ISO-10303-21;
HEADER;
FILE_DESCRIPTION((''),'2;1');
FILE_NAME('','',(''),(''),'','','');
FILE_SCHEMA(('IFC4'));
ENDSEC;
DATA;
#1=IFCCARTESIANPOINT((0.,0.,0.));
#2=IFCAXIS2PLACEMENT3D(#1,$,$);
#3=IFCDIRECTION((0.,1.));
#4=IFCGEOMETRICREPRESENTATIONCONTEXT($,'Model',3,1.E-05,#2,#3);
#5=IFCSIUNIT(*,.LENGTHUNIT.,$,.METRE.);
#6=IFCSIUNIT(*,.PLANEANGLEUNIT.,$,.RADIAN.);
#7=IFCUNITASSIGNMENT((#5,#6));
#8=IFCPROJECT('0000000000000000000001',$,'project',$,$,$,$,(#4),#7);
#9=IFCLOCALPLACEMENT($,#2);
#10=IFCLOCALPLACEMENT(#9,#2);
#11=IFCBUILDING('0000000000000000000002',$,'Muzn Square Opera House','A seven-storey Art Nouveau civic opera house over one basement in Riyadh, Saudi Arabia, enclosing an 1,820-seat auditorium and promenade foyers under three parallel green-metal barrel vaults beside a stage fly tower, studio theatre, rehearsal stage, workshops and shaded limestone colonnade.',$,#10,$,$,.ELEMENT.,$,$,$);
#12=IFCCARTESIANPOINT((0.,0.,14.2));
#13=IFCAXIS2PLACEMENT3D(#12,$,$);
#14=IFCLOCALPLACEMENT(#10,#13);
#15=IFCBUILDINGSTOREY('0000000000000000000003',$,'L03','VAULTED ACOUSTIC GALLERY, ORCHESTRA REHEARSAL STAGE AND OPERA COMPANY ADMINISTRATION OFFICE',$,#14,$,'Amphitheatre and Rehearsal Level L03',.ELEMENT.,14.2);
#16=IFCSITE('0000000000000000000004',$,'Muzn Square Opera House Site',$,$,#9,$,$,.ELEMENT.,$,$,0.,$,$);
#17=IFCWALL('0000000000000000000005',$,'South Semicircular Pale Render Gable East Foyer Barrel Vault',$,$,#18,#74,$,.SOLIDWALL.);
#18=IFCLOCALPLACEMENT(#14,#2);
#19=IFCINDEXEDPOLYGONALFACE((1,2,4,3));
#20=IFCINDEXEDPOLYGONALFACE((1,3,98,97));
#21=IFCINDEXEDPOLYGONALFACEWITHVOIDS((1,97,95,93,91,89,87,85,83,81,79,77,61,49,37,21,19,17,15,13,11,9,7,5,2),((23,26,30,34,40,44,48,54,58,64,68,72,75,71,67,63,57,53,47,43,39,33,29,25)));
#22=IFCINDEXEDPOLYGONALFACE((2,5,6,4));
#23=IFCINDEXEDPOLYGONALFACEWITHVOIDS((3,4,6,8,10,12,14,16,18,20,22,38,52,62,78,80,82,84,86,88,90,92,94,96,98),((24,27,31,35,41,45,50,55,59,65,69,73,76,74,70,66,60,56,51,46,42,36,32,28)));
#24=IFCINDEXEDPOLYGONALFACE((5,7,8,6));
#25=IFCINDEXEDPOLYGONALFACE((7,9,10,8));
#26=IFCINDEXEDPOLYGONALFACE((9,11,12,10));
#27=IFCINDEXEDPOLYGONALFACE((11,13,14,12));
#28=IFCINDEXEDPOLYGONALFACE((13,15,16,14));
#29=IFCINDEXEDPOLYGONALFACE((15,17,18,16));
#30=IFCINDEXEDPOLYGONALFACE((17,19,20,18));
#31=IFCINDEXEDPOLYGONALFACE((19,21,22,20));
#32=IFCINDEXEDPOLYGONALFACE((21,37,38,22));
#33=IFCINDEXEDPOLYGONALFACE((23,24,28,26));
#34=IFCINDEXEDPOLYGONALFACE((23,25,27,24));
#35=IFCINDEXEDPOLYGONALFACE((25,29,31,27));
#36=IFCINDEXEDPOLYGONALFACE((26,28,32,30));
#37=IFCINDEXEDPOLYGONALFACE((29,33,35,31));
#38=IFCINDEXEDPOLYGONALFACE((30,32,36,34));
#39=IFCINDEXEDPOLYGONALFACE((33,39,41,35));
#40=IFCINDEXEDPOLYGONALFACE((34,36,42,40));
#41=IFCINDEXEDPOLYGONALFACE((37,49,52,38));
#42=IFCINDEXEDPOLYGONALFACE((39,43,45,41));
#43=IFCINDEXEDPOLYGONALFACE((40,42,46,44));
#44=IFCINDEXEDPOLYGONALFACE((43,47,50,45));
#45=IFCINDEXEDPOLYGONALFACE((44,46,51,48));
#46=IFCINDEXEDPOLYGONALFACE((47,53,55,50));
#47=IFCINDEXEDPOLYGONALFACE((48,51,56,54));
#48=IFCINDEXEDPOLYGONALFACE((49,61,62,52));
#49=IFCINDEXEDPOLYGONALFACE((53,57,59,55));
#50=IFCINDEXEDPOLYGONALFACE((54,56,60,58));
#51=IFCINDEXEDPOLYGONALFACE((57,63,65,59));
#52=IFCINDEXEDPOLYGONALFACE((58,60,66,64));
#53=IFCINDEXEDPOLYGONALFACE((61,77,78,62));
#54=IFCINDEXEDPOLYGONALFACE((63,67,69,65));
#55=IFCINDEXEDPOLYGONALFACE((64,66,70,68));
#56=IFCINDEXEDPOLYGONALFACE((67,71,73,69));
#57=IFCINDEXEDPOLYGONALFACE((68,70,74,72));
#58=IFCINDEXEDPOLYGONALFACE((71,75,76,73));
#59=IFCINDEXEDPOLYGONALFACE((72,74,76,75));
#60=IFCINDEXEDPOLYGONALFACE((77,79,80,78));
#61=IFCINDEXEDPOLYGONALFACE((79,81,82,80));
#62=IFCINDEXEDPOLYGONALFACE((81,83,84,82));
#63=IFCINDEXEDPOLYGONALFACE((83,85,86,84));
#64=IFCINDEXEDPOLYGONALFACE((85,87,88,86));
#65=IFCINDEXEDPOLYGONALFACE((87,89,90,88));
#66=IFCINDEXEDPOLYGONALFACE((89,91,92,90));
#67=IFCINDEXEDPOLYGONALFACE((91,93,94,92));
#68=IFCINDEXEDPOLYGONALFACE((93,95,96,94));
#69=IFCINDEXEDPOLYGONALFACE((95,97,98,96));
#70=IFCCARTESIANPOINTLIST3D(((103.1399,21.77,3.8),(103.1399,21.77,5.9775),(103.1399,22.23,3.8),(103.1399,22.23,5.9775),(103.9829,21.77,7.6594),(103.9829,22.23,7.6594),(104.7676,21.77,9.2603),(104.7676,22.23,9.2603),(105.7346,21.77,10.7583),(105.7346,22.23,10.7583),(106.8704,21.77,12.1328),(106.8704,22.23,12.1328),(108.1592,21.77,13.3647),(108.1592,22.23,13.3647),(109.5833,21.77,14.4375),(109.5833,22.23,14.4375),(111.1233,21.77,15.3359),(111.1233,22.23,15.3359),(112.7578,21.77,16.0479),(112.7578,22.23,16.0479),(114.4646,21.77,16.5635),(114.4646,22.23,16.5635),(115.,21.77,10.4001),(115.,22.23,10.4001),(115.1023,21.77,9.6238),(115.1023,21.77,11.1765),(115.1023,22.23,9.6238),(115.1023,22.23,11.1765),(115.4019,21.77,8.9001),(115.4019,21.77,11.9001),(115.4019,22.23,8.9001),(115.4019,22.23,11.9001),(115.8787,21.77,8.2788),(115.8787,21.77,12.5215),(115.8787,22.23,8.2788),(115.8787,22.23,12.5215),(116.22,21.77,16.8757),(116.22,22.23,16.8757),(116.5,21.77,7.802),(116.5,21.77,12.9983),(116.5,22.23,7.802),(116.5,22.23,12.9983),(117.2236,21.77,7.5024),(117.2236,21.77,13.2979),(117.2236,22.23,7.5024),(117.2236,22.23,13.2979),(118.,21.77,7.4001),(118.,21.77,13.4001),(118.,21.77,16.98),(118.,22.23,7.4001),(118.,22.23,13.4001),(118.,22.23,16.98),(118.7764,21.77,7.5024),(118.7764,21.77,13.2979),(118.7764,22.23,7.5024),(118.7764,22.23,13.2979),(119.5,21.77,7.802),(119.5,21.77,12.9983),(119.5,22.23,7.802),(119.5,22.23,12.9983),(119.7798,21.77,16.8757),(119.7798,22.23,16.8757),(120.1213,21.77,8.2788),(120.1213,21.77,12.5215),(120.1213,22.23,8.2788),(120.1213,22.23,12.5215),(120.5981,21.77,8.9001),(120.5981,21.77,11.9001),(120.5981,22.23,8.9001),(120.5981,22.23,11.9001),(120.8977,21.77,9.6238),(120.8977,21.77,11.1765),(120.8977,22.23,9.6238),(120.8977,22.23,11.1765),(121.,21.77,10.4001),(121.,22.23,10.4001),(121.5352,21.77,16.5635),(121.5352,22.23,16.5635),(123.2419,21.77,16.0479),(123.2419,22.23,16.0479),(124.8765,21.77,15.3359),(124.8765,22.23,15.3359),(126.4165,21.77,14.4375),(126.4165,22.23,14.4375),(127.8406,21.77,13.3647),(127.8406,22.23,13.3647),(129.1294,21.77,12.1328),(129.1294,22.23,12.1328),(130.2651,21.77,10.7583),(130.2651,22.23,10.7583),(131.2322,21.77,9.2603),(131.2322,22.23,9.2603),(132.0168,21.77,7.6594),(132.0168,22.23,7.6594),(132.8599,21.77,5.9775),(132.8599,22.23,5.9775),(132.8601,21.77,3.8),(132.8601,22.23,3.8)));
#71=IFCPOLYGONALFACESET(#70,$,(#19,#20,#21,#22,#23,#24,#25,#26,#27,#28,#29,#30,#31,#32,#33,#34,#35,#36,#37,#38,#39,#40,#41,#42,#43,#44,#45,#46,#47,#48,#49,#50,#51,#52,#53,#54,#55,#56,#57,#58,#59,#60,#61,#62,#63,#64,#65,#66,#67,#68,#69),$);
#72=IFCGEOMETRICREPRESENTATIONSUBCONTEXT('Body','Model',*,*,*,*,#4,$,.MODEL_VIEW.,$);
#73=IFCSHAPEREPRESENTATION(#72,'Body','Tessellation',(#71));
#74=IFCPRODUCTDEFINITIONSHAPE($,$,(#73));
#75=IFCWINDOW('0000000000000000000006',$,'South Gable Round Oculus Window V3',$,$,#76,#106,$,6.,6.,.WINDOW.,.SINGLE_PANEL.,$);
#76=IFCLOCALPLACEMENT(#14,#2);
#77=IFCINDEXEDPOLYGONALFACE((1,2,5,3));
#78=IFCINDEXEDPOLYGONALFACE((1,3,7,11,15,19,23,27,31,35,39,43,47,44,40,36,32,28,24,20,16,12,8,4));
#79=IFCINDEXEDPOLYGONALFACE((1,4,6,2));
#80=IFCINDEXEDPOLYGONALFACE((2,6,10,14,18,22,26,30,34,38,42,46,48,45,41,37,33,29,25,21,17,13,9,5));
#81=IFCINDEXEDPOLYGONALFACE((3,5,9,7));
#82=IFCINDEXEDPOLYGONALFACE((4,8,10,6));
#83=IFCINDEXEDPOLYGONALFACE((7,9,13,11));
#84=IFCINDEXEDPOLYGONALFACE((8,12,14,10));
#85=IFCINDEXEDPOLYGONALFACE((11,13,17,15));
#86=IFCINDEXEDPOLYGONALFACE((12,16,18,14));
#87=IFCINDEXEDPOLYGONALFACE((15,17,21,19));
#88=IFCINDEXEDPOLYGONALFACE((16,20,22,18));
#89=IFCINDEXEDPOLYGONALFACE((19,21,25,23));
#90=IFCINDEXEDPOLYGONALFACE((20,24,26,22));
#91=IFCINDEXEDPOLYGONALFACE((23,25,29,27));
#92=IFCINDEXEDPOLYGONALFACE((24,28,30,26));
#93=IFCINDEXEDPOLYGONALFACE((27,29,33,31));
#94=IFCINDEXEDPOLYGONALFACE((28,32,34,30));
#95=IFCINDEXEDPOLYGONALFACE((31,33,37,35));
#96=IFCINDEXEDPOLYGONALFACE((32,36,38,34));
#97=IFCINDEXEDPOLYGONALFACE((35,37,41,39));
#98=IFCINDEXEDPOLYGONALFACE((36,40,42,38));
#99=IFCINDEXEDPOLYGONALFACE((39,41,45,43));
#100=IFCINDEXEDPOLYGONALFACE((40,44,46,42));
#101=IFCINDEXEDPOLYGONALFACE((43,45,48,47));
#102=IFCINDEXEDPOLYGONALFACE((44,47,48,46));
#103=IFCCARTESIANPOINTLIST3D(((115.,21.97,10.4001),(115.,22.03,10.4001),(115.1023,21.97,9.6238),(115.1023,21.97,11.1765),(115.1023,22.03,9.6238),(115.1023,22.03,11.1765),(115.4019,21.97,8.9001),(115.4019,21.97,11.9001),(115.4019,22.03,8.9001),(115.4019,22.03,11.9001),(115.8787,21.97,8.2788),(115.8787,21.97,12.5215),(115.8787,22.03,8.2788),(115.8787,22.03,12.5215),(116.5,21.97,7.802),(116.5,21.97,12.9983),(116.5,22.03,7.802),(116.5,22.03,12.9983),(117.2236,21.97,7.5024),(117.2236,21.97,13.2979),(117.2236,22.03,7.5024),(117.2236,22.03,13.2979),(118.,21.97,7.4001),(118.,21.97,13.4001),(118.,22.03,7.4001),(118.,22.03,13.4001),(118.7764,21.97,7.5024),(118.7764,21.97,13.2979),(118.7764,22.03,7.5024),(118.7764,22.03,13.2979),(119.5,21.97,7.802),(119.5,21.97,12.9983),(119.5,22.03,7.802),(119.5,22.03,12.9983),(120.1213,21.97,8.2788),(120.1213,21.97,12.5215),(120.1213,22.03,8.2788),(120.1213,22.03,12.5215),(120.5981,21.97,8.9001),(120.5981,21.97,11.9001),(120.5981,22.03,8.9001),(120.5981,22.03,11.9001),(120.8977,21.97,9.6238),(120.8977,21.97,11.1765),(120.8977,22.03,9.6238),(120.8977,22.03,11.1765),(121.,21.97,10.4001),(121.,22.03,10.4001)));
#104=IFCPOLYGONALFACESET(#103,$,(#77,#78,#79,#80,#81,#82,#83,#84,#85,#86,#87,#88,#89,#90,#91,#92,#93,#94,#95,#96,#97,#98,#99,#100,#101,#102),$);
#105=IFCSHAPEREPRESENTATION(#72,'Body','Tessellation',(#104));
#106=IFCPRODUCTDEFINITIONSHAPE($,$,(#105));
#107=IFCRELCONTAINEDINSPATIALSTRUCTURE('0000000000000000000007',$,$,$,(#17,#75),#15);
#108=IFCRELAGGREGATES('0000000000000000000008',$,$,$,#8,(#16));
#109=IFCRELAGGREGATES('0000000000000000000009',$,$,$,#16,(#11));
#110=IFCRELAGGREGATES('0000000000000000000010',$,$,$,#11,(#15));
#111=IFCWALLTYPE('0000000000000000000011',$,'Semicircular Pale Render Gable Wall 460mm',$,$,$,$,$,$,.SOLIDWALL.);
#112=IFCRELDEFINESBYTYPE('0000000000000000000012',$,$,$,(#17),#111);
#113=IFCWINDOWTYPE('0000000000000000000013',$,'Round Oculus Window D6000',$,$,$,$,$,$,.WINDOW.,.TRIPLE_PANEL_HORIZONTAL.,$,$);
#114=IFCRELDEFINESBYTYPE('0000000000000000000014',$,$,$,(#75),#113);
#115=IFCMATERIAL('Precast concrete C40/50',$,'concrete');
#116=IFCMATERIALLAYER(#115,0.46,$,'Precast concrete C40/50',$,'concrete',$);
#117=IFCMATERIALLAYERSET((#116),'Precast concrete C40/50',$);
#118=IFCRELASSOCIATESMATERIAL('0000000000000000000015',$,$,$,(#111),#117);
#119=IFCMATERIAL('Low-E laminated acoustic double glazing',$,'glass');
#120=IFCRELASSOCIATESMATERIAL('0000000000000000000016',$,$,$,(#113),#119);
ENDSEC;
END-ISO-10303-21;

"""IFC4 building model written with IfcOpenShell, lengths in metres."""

from ifc_helpers import new_model, si_unit, direction, frame, origin, place, context, subcontext, project, spatial, polyline, outline, extrude, material, layer, layer_set, type_object, element, fill, save


model = new_model("IFC4")

# Units and contexts
model_context = context("Model", 3, precision=1e-05, world=origin(), true_north=direction((0.0, 1.0)))
body_context = subcontext(model_context, "Body", "Model", "MODEL_VIEW")
ifc_project = project(units=[si_unit("LENGTHUNIT", "METRE"), si_unit("PLANEANGLEUNIT", "RADIAN")], contexts=[model_context])

# Site, building, storey
site_placement = place(None, origin())
site = spatial("IfcSite", under=ifc_project, at=site_placement, Name="Muzn Square Opera House Site", CompositionType="ELEMENT", RefElevation=0.0)
building_placement = place(site_placement, origin())
building = spatial("IfcBuilding", under=site, at=building_placement, Name="Muzn Square Opera House", Description="A seven-storey Art Nouveau civic opera house over one basement in Riyadh, Saudi Arabia, enclosing an 1,820-seat auditorium and promenade foyers under three parallel green-metal barrel vaults beside a stage fly tower, studio theatre, rehearsal stage, workshops and shaded limestone colonnade.", CompositionType="ELEMENT")
storey_placement = place(building_placement, frame((0.0, 0.0, 14.2)))
storey = spatial("IfcBuildingStorey", under=building, at=storey_placement, Name="L03", Description="VAULTED ACOUSTIC GALLERY, ORCHESTRA REHEARSAL STAGE AND OPERA COMPANY ADMINISTRATION OFFICE", LongName="Amphitheatre and Rehearsal Level L03", CompositionType="ELEMENT", Elevation=14.2)

# Shared definitions
ifc_material_1 = material(Name="Low-E laminated acoustic double glazing", Category="glass")

# Wall, opening, window
ifc_material_2 = material(Name="Precast concrete C40/50", Category="concrete")
ifc_layer_1 = layer(ifc_material_2, 0.46, Name="Precast concrete C40/50", Category="concrete")
ifc_layer_set_1 = layer_set([ifc_layer_1], Name="Precast concrete C40/50")
wall_type = type_object("IfcWallType", Name="Semicircular Pale Render Gable Wall 460mm", PredefinedType="SOLIDWALL", material=ifc_layer_set_1)
wall_placement = place(storey_placement, frame((103.1399, 22.0, 3.8), z_axis=(0.0, 0.0, 1.0), x_axis=(1.0, 0.0, 0.0)))
wall = element("IfcWall", 1, at=wall_placement, inside=storey, type_object=wall_type, Name="South Semicircular Pale Render Gable East Foyer Barrel Vault", PredefinedType="SOLIDWALL", context=body_context, shape_type="SweptSolid", body=[
    extrude(outline(polyline([(0.0, 0.0), (29.7202, 0.0), (29.72, 2.1775), (28.877, 3.8594), (28.0923, 5.4602), (27.1252, 6.9583), (25.9895, 8.3328), (24.7007, 9.5647), (23.2766, 10.6375), (21.7366, 11.5359), (20.1021, 12.2478), (18.3953, 12.7634), (16.6399, 13.0757), (14.8601, 13.1799), (13.0801, 13.0757), (11.3247, 12.7634), (9.6179, 12.2478), (7.9834, 11.5359), (6.4434, 10.6375), (5.0193, 9.5647), (3.7305, 8.3328), (2.5947, 6.9583), (1.6277, 5.4602), (0.843, 3.8594), (0.0, 2.1775), (0.0, 0.0)])), frame((0.0, 0.23, 0.0), z_axis=(0.0, -1.0, 0.0), x_axis=(1.0, 0.0, 0.0)), (0.0, 0.0, 1.0), 0.46),
])
opening_placement = place(wall_placement, frame((11.8601, 0.0, 3.6001)))
opening = element("IfcOpeningElement", 2, at=opening_placement, cuts=wall, PredefinedType="OPENING", context=body_context, shape_type="SweptSolid", body=[
    extrude(outline(polyline([(6.0, 3.0), (5.8977, 3.7764), (5.5981, 4.5), (5.1213, 5.1213), (4.5, 5.5981), (3.7764, 5.8977), (3.0, 6.0), (2.2236, 5.8977), (1.5, 5.5981), (0.8787, 5.1213), (0.4019, 4.5), (0.1023, 3.7764), (0.0, 3.0), (0.1023, 2.2236), (0.4019, 1.5), (0.8787, 0.8787), (1.5, 0.4019), (2.2236, 0.1023), (3.0, 0.0), (3.7764, 0.1023), (4.5, 0.4019), (5.1213, 0.8787), (5.5981, 1.5), (5.8977, 2.2236), (6.0, 3.0)])), frame((0.0, 0.24, 0.0), z_axis=(0.0, -1.0, 0.0), x_axis=(1.0, 0.0, 0.0)), (0.0, 0.0, 1.0), 0.48),
])
window_type = type_object("IfcWindowType", Name="Round Oculus Window D6000", PartitioningType="TRIPLE_PANEL_HORIZONTAL", PredefinedType="WINDOW", material=ifc_material_1)
window_placement = place(opening_placement, origin())
window = element("IfcWindow", 3, at=window_placement, inside=storey, type_object=window_type, Name="South Gable Round Oculus Window V3", OverallHeight=6.0, OverallWidth=6.0, PartitioningType="SINGLE_PANEL", PredefinedType="WINDOW", context=body_context, shape_type="SweptSolid", body=[
    extrude(outline(polyline([(6.0, 3.0), (5.8977, 3.7764), (5.5981, 4.5), (5.1213, 5.1213), (4.5, 5.5981), (3.7764, 5.8977), (3.0, 6.0), (2.2236, 5.8977), (1.5, 5.5981), (0.8787, 5.1213), (0.4019, 4.5), (0.1023, 3.7764), (0.0, 3.0), (0.1023, 2.2236), (0.4019, 1.5), (0.8787, 0.8787), (1.5, 0.4019), (2.2236, 0.1023), (3.0, 0.0), (3.7764, 0.1023), (4.5, 0.4019), (5.1213, 0.8787), (5.5981, 1.5), (5.8977, 2.2236), (6.0, 3.0)])), frame((0.0, 0.03, 0.0), z_axis=(0.0, -1.0, 0.0), x_axis=(1.0, 0.0, 0.0)), (0.0, 0.0, 1.0), 0.0601),
])
fill(opening, window)

save(model, "model.ifc")
